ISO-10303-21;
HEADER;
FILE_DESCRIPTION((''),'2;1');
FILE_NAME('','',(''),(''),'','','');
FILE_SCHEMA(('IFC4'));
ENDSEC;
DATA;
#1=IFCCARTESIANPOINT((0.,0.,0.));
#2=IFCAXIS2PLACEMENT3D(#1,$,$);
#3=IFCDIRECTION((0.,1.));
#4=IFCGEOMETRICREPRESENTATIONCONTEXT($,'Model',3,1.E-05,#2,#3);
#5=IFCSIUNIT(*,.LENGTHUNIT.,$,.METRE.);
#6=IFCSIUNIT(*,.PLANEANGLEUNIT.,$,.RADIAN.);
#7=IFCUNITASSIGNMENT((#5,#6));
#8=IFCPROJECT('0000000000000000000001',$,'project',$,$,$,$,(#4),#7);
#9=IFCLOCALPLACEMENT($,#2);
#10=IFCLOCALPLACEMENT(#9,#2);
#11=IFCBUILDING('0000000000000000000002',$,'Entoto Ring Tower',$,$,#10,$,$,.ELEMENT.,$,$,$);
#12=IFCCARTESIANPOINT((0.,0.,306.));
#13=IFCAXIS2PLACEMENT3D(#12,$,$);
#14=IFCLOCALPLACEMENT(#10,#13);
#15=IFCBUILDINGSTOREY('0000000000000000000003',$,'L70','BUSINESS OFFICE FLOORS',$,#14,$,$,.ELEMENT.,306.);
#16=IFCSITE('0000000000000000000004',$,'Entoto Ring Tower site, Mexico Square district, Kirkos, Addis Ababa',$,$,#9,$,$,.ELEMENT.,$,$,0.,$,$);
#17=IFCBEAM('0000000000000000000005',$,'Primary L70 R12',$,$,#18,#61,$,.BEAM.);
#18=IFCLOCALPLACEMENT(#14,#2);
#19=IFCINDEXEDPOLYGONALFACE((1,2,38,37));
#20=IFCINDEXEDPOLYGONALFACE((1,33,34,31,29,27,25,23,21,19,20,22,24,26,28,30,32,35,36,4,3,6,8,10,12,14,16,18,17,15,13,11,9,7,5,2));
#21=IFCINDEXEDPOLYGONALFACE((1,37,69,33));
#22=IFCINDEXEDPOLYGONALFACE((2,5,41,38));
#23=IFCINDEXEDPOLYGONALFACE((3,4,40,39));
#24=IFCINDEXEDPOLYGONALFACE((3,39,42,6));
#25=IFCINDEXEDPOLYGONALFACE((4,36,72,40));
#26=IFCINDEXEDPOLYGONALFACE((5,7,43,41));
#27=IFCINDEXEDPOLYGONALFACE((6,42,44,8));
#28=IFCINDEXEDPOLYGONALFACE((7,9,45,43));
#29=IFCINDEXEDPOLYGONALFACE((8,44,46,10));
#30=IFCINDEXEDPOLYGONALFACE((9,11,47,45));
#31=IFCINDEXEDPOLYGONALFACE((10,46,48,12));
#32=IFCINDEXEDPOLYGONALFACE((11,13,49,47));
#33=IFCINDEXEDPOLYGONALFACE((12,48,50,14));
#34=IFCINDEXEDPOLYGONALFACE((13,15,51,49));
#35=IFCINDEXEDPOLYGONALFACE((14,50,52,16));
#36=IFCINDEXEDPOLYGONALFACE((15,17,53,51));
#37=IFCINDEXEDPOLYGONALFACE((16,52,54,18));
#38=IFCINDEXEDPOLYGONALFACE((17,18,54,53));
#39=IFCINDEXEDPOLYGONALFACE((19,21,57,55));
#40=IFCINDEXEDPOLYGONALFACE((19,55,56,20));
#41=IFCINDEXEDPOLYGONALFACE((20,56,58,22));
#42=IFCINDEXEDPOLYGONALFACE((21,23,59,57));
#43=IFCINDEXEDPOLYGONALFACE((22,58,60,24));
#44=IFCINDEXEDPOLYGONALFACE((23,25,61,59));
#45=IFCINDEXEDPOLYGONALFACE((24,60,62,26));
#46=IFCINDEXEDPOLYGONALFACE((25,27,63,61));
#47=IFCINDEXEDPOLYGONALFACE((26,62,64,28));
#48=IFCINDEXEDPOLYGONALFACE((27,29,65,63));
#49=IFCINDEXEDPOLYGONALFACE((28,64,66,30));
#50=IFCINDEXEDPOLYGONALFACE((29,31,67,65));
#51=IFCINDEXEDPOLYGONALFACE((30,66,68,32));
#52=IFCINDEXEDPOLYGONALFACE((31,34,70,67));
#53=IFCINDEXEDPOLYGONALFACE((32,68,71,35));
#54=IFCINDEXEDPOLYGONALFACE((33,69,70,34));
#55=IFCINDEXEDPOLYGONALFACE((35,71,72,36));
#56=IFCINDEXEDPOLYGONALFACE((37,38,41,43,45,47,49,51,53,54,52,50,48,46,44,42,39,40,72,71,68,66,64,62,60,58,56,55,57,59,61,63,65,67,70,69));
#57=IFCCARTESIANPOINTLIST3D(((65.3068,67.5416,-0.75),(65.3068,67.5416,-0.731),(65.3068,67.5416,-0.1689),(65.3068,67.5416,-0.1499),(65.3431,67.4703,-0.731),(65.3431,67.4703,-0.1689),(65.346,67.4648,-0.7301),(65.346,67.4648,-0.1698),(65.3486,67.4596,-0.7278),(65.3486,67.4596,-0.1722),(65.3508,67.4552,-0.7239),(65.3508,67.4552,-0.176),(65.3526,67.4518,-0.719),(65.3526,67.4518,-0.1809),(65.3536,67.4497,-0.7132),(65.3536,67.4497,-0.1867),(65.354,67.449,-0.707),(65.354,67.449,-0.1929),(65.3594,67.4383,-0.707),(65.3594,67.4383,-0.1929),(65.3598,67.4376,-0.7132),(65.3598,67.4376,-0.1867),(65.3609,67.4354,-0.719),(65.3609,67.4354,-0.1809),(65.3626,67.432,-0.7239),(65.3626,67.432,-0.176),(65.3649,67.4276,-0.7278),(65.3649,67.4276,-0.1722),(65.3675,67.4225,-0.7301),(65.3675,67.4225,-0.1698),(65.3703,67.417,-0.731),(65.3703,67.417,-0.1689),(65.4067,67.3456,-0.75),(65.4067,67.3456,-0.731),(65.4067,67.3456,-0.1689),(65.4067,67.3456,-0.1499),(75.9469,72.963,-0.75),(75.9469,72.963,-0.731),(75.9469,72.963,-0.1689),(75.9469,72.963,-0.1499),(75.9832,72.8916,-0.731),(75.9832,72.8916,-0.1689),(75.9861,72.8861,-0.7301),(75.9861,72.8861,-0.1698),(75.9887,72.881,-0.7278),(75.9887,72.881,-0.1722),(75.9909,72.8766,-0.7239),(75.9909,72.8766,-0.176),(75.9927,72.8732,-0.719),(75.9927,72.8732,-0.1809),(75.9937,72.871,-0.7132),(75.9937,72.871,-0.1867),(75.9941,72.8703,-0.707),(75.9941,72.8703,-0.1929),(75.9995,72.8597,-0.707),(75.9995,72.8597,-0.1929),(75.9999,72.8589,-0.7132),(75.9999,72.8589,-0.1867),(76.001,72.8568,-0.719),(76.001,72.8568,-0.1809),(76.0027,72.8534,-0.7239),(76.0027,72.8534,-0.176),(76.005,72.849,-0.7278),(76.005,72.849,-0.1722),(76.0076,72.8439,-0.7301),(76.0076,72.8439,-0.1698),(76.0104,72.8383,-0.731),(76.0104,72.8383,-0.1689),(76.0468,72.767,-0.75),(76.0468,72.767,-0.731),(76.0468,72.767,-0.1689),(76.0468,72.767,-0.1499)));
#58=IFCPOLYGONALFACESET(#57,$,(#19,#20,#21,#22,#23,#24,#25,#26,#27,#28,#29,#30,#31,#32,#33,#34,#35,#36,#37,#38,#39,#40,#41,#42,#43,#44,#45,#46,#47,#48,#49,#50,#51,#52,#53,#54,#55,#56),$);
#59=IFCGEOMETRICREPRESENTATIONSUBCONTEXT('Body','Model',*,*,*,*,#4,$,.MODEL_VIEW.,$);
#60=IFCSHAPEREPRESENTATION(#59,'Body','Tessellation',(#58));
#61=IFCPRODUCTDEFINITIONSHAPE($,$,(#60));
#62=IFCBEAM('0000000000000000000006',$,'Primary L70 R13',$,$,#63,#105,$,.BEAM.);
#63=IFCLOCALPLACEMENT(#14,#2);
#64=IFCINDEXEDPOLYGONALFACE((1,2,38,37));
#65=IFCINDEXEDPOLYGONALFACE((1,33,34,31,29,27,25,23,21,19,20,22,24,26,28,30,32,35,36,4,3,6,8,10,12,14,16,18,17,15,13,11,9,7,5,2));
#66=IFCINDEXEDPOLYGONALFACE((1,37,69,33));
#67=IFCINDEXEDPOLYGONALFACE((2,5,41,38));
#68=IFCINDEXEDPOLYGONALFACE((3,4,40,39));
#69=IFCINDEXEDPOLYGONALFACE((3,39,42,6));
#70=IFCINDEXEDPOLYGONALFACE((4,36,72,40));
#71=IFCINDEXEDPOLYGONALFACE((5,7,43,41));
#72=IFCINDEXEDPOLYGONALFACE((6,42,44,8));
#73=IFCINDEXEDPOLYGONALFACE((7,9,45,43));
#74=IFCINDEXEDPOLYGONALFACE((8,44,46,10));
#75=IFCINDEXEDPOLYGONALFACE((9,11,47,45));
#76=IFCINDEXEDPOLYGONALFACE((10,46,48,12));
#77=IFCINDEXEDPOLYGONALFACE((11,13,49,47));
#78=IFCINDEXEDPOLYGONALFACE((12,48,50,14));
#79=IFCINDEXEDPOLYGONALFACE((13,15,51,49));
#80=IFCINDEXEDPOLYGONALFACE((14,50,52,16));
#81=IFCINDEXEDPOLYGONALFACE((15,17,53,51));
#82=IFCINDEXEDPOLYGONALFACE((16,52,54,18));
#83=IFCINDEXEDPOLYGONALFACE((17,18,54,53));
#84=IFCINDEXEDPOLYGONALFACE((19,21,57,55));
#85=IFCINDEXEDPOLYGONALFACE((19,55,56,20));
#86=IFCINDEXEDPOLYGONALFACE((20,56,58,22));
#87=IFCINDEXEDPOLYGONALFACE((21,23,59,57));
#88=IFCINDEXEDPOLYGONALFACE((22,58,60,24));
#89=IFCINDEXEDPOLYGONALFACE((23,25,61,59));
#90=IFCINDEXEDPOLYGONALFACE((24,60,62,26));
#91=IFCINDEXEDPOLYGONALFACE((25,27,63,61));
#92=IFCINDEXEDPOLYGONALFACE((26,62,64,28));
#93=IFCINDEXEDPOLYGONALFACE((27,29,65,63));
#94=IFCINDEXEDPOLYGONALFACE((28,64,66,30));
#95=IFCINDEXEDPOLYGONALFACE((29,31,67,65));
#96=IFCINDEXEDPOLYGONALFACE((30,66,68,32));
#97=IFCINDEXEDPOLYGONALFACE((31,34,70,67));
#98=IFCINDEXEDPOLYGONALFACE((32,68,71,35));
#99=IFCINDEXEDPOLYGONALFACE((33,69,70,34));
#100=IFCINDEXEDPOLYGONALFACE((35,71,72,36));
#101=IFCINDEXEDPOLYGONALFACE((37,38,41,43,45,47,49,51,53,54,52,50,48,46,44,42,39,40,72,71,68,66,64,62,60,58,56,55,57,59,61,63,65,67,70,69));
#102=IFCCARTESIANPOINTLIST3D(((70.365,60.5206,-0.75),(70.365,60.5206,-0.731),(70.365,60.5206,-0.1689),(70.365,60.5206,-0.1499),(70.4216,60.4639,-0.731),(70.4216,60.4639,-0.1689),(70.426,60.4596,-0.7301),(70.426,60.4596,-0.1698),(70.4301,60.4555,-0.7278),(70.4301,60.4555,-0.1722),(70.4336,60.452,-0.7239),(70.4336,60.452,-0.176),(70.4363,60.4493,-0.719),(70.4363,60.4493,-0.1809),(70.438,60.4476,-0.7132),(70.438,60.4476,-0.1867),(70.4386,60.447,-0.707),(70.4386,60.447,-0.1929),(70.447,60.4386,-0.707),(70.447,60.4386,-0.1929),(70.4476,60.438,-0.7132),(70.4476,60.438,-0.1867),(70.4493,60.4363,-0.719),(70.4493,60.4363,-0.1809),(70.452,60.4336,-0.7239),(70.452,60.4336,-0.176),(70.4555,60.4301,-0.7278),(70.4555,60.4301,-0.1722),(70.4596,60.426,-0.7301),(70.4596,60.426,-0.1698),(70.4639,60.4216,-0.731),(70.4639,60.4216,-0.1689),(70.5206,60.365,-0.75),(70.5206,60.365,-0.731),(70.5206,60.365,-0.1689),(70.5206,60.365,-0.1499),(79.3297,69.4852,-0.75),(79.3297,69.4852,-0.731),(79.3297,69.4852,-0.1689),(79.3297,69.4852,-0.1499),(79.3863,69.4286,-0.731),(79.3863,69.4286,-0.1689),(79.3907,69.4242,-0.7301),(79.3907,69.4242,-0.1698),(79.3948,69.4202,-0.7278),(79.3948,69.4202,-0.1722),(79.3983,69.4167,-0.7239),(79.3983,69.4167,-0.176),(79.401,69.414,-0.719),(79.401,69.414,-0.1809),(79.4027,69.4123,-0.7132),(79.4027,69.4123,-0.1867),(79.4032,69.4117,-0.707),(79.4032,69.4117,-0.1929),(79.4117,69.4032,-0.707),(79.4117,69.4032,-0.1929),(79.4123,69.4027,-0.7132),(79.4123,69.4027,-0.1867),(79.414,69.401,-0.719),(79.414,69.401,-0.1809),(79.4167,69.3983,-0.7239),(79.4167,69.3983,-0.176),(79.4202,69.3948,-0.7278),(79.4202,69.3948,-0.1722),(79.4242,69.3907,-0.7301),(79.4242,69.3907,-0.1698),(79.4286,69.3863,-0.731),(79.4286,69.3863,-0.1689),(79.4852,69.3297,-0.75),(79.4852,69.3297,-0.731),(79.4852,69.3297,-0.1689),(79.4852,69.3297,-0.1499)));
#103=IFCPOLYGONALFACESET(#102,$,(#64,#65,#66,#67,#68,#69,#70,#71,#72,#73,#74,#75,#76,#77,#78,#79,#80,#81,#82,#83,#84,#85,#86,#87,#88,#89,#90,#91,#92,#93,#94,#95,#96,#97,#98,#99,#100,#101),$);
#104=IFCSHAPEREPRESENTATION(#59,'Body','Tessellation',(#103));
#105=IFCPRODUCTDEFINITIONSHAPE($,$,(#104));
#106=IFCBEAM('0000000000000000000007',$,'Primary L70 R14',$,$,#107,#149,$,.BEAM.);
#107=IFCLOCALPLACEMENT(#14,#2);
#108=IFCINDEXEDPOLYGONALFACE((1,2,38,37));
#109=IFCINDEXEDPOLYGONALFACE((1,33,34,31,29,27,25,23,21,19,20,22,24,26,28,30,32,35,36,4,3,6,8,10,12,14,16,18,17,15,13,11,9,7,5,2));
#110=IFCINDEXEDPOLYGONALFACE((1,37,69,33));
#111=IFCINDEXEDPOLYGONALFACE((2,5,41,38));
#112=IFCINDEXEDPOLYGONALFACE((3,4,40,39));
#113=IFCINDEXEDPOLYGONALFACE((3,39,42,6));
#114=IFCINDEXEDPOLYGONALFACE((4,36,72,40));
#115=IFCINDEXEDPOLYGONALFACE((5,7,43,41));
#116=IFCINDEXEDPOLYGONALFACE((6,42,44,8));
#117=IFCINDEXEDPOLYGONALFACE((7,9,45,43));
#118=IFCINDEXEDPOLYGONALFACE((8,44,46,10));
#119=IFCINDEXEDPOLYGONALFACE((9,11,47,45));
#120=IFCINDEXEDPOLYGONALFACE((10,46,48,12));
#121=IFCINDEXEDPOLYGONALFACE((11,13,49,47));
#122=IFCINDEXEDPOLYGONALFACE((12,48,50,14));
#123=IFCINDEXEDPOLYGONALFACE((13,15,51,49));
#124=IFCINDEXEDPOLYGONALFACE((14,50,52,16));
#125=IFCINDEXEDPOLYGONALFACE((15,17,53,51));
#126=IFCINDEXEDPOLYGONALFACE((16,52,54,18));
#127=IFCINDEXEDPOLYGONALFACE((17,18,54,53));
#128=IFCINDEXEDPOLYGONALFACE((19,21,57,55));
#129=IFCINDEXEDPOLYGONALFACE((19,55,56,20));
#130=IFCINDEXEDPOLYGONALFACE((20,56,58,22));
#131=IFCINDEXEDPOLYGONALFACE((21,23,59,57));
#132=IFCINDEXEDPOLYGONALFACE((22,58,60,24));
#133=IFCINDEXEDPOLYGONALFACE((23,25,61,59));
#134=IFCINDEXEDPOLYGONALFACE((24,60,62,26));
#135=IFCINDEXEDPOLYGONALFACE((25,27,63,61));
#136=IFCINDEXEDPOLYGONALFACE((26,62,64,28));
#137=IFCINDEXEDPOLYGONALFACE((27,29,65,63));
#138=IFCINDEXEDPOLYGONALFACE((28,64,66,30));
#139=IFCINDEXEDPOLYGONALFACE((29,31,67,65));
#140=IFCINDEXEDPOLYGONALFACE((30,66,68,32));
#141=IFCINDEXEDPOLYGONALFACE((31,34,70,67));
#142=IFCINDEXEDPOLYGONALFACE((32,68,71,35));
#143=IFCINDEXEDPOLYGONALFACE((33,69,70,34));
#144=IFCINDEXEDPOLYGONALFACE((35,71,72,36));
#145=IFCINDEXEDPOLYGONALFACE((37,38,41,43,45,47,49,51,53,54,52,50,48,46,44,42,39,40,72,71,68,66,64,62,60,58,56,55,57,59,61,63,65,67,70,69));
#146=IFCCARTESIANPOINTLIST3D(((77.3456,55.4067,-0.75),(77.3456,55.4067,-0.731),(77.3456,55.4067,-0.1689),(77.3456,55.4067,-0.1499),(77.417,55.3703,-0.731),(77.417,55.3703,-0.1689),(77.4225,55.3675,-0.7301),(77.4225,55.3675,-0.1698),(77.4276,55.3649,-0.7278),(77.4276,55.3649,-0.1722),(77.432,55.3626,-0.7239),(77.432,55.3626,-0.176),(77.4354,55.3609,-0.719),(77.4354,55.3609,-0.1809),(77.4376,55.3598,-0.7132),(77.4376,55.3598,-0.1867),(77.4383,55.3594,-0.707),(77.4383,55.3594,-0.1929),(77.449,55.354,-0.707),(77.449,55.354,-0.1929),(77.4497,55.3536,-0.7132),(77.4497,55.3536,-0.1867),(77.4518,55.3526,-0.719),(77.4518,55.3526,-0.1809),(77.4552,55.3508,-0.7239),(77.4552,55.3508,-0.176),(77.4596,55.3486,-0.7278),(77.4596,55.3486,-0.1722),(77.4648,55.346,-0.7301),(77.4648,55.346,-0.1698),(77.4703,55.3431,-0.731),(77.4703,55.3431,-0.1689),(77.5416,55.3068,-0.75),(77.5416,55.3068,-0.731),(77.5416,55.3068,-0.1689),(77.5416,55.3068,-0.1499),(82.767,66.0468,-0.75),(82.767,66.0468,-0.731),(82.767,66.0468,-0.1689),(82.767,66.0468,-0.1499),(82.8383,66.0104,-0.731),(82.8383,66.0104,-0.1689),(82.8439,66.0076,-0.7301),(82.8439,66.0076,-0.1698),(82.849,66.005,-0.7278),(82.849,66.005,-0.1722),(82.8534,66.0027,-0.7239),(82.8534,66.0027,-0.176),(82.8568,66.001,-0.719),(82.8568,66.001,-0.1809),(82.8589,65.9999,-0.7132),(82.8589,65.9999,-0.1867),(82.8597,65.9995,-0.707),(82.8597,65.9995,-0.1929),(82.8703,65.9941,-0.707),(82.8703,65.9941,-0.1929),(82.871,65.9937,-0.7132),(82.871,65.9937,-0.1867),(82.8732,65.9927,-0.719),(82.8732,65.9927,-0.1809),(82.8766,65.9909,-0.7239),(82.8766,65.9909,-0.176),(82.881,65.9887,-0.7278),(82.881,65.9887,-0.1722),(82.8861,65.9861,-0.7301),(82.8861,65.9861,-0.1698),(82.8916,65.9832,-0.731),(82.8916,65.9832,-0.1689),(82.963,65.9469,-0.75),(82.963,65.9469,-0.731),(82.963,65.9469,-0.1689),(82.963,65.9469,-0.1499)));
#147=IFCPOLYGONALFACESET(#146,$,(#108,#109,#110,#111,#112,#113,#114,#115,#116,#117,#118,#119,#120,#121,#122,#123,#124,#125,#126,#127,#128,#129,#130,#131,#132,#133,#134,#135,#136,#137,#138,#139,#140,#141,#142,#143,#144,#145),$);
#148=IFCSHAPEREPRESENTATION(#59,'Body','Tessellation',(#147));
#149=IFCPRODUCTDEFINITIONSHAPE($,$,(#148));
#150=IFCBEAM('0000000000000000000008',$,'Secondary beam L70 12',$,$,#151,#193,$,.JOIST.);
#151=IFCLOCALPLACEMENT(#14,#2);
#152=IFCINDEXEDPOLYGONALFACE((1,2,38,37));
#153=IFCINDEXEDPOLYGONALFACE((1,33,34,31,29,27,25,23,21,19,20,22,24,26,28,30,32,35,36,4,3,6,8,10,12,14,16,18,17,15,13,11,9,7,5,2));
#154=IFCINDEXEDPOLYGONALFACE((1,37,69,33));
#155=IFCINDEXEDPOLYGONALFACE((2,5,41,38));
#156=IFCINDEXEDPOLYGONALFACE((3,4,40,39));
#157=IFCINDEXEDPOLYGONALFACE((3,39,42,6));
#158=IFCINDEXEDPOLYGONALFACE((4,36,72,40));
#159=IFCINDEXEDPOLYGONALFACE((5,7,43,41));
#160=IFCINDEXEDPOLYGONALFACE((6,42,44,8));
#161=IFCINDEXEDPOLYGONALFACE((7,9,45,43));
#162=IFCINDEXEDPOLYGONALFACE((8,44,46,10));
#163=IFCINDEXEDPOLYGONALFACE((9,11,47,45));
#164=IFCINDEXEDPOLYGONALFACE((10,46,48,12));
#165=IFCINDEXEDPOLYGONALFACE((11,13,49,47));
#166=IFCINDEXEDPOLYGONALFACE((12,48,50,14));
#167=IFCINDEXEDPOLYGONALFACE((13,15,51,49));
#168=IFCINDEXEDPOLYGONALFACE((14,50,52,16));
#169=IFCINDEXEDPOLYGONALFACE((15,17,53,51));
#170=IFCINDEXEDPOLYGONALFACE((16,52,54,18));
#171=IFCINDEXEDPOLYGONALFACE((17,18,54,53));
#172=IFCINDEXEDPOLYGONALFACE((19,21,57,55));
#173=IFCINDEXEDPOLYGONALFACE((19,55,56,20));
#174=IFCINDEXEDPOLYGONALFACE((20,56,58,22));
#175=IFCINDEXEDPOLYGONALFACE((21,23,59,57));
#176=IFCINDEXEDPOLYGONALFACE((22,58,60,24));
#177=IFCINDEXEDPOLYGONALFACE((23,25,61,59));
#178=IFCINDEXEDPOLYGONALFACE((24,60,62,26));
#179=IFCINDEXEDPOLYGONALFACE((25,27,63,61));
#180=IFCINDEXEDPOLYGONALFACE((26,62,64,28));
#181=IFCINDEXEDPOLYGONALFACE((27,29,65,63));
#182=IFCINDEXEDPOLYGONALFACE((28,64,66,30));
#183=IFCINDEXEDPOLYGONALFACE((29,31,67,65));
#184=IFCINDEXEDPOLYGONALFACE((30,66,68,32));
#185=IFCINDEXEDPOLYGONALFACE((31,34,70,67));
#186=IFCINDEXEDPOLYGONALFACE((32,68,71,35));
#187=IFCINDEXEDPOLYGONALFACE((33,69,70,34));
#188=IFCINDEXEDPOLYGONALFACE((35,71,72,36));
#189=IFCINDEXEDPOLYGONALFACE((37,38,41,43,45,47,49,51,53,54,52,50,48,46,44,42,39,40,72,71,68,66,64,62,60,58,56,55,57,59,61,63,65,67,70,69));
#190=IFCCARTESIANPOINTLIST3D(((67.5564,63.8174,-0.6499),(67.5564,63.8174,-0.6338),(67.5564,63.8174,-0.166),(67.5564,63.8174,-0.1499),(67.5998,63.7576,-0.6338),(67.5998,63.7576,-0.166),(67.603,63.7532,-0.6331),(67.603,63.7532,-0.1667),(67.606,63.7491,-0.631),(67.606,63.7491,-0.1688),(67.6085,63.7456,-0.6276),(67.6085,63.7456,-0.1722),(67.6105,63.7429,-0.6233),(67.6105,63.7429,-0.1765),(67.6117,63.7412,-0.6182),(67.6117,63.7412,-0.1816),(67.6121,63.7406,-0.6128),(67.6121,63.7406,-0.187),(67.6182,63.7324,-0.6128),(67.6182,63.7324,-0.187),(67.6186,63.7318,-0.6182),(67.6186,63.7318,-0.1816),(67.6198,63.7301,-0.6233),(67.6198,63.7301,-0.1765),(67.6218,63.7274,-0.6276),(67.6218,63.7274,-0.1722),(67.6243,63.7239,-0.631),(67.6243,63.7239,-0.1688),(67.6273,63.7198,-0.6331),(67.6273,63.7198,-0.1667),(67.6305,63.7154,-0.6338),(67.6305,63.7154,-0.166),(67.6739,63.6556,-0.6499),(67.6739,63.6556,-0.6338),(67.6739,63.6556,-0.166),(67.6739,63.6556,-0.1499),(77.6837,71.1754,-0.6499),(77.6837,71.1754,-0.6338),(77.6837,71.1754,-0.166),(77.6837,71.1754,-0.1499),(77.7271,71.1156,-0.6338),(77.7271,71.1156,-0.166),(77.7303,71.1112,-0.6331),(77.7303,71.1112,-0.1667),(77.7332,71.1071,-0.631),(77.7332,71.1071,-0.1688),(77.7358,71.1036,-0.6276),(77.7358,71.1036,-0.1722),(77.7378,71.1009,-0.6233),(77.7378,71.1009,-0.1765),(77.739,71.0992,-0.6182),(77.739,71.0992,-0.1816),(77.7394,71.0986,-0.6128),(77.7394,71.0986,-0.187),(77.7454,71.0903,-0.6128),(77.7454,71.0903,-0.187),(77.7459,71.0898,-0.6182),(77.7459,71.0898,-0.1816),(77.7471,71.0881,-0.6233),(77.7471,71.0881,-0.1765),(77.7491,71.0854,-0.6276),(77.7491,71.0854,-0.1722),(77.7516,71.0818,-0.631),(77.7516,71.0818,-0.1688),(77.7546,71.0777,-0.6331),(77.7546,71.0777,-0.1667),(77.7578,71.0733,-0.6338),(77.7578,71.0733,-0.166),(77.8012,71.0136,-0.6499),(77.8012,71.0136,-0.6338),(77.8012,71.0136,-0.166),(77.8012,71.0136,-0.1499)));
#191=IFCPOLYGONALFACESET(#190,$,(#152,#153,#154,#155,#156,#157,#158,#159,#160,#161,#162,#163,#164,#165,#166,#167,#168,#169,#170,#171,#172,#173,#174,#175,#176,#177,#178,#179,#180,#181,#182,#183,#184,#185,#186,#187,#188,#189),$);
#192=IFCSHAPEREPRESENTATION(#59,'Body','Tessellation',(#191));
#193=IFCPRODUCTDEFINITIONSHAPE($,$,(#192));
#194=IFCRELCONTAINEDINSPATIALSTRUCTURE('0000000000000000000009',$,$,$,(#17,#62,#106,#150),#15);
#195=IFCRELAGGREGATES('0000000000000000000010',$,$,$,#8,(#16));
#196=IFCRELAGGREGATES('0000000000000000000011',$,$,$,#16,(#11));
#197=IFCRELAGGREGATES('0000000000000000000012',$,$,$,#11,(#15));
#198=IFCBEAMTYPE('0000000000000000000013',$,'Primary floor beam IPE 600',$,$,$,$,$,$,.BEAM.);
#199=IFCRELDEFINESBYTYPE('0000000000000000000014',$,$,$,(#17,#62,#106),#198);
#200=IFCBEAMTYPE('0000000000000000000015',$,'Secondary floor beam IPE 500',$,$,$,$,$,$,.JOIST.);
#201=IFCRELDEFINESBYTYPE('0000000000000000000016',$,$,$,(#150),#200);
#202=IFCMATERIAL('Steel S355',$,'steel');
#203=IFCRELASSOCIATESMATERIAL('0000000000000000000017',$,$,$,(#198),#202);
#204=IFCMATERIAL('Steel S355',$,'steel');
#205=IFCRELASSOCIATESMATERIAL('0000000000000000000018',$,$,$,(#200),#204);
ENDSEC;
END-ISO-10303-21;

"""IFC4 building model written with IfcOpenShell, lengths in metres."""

from ifc_helpers import new_model, si_unit, direction, frame, origin, origin_2d, place, context, subcontext, project, spatial, i_section, extrude, material, material_profile, profile_set, type_object, element, save


model = new_model("IFC4")

# Units and contexts
model_context = context("Model", 3, precision=1e-05, world=origin(), true_north=direction((0.0, 1.0)))
body_context = subcontext(model_context, "Body", "Model", "MODEL_VIEW")
ifc_project = project(units=[si_unit("LENGTHUNIT", "METRE"), si_unit("PLANEANGLEUNIT", "RADIAN")], contexts=[model_context])

# Site, building, storey
site_placement = place(None, origin())
site = spatial("IfcSite", under=ifc_project, at=site_placement, Name="Entoto Ring Tower site, Mexico Square district, Kirkos, Addis Ababa", CompositionType="ELEMENT", RefElevation=0.0)
building_placement = place(site_placement, origin())
building = spatial("IfcBuilding", under=site, at=building_placement, Name="Entoto Ring Tower", CompositionType="ELEMENT")
storey_placement = place(building_placement, frame((0.0, 0.0, 306.0)))
storey = spatial("IfcBuildingStorey", under=building, at=storey_placement, Name="L70", Description="BUSINESS OFFICE FLOORS", CompositionType="ELEMENT", Elevation=306.0)

# Beams
ifc_material_1 = material(Name="Steel S355", Category="steel")
ifc_material_profile_1 = material_profile(ifc_material_1, i_section(OverallWidth=0.22, OverallDepth=0.6001, WebThickness=0.012, FlangeThickness=0.019, FilletRadius=0.0239, at=origin_2d()), Name="IPE 600")
ifc_profile_set_1 = profile_set([ifc_material_profile_1], Name="Steel S355")
beam_type_1 = type_object("IfcBeamType", Name="Primary floor beam IPE 600", PredefinedType="BEAM", material=ifc_profile_set_1)
beam_1_placement = place(storey_placement, frame((75.9968, 72.865, -0.45), z_axis=(-0.891008, -0.453988, 0.0), x_axis=(0.453988, -0.891008, 0.0)))
element("IfcBeam", 1, at=beam_1_placement, inside=storey, type_object=beam_type_1, Name="Primary L70 R12", PredefinedType="BEAM", context=body_context, shape_type="SweptSolid", body=[
    extrude(i_section(OverallWidth=0.22, OverallDepth=0.6001, WebThickness=0.012, FlangeThickness=0.019, FilletRadius=0.0239, at=origin_2d()), origin(), (0.0, 0.0, 1.0), 11.9417),
])
beam_2_placement = place(storey_placement, frame((79.4075, 69.4075, -0.45), z_axis=(-0.707107, -0.707107, 0.0), x_axis=(0.707107, -0.707107, 0.0)))
element("IfcBeam", 2, at=beam_2_placement, inside=storey, type_object=beam_type_1, Name="Primary L70 R13", PredefinedType="BEAM", context=body_context, shape_type="SweptSolid", body=[
    extrude(i_section(OverallWidth=0.22, OverallDepth=0.6001, WebThickness=0.012, FlangeThickness=0.019, FilletRadius=0.0239, at=origin_2d()), origin(), (0.0, 0.0, 1.0), 12.678),
])
beam_3_placement = place(storey_placement, frame((82.865, 65.9968, -0.45), z_axis=(-0.453988, -0.891008, 0.0), x_axis=(0.891008, -0.453988, 0.0)))
element("IfcBeam", 3, at=beam_3_placement, inside=storey, type_object=beam_type_1, Name="Primary L70 R14", PredefinedType="BEAM", context=body_context, shape_type="SweptSolid", body=[
    extrude(i_section(OverallWidth=0.22, OverallDepth=0.6001, WebThickness=0.012, FlangeThickness=0.019, FilletRadius=0.0239, at=origin_2d()), origin(), (0.0, 0.0, 1.0), 11.9417),
])
ifc_material_2 = material(Name="Steel S355", Category="steel")
ifc_material_profile_2 = material_profile(ifc_material_2, i_section(OverallWidth=0.2, OverallDepth=0.5, WebThickness=0.0103, FlangeThickness=0.0161, FilletRadius=0.021, at=origin_2d()), Name="IPE 500")
ifc_profile_set_2 = profile_set([ifc_material_profile_2], Name="Steel S355")
beam_type_2 = type_object("IfcBeamType", Name="Secondary floor beam IPE 500", PredefinedType="JOIST", material=ifc_profile_set_2)
for number, where, z_axis, x_axis, name in (
    (4, (77.7424, 71.0945, -0.3999), (-0.809014, -0.587789, 0.0), (0.587789, -0.809014, 0.0), "Secondary beam L70 12"),
):
    element("IfcBeam", number, at=place(storey_placement, frame(where, z_axis=z_axis, x_axis=x_axis)), inside=storey, type_object=beam_type_2, Name=name, PredefinedType="JOIST", context=body_context, shape_type="SweptSolid", body=[
        extrude(i_section(OverallWidth=0.2, OverallDepth=0.5, WebThickness=0.0103, FlangeThickness=0.0161, FilletRadius=0.021, at=origin_2d()), origin(), (0.0, 0.0, 1.0), 12.5181),
    ])

save(model, "model.ifc")
